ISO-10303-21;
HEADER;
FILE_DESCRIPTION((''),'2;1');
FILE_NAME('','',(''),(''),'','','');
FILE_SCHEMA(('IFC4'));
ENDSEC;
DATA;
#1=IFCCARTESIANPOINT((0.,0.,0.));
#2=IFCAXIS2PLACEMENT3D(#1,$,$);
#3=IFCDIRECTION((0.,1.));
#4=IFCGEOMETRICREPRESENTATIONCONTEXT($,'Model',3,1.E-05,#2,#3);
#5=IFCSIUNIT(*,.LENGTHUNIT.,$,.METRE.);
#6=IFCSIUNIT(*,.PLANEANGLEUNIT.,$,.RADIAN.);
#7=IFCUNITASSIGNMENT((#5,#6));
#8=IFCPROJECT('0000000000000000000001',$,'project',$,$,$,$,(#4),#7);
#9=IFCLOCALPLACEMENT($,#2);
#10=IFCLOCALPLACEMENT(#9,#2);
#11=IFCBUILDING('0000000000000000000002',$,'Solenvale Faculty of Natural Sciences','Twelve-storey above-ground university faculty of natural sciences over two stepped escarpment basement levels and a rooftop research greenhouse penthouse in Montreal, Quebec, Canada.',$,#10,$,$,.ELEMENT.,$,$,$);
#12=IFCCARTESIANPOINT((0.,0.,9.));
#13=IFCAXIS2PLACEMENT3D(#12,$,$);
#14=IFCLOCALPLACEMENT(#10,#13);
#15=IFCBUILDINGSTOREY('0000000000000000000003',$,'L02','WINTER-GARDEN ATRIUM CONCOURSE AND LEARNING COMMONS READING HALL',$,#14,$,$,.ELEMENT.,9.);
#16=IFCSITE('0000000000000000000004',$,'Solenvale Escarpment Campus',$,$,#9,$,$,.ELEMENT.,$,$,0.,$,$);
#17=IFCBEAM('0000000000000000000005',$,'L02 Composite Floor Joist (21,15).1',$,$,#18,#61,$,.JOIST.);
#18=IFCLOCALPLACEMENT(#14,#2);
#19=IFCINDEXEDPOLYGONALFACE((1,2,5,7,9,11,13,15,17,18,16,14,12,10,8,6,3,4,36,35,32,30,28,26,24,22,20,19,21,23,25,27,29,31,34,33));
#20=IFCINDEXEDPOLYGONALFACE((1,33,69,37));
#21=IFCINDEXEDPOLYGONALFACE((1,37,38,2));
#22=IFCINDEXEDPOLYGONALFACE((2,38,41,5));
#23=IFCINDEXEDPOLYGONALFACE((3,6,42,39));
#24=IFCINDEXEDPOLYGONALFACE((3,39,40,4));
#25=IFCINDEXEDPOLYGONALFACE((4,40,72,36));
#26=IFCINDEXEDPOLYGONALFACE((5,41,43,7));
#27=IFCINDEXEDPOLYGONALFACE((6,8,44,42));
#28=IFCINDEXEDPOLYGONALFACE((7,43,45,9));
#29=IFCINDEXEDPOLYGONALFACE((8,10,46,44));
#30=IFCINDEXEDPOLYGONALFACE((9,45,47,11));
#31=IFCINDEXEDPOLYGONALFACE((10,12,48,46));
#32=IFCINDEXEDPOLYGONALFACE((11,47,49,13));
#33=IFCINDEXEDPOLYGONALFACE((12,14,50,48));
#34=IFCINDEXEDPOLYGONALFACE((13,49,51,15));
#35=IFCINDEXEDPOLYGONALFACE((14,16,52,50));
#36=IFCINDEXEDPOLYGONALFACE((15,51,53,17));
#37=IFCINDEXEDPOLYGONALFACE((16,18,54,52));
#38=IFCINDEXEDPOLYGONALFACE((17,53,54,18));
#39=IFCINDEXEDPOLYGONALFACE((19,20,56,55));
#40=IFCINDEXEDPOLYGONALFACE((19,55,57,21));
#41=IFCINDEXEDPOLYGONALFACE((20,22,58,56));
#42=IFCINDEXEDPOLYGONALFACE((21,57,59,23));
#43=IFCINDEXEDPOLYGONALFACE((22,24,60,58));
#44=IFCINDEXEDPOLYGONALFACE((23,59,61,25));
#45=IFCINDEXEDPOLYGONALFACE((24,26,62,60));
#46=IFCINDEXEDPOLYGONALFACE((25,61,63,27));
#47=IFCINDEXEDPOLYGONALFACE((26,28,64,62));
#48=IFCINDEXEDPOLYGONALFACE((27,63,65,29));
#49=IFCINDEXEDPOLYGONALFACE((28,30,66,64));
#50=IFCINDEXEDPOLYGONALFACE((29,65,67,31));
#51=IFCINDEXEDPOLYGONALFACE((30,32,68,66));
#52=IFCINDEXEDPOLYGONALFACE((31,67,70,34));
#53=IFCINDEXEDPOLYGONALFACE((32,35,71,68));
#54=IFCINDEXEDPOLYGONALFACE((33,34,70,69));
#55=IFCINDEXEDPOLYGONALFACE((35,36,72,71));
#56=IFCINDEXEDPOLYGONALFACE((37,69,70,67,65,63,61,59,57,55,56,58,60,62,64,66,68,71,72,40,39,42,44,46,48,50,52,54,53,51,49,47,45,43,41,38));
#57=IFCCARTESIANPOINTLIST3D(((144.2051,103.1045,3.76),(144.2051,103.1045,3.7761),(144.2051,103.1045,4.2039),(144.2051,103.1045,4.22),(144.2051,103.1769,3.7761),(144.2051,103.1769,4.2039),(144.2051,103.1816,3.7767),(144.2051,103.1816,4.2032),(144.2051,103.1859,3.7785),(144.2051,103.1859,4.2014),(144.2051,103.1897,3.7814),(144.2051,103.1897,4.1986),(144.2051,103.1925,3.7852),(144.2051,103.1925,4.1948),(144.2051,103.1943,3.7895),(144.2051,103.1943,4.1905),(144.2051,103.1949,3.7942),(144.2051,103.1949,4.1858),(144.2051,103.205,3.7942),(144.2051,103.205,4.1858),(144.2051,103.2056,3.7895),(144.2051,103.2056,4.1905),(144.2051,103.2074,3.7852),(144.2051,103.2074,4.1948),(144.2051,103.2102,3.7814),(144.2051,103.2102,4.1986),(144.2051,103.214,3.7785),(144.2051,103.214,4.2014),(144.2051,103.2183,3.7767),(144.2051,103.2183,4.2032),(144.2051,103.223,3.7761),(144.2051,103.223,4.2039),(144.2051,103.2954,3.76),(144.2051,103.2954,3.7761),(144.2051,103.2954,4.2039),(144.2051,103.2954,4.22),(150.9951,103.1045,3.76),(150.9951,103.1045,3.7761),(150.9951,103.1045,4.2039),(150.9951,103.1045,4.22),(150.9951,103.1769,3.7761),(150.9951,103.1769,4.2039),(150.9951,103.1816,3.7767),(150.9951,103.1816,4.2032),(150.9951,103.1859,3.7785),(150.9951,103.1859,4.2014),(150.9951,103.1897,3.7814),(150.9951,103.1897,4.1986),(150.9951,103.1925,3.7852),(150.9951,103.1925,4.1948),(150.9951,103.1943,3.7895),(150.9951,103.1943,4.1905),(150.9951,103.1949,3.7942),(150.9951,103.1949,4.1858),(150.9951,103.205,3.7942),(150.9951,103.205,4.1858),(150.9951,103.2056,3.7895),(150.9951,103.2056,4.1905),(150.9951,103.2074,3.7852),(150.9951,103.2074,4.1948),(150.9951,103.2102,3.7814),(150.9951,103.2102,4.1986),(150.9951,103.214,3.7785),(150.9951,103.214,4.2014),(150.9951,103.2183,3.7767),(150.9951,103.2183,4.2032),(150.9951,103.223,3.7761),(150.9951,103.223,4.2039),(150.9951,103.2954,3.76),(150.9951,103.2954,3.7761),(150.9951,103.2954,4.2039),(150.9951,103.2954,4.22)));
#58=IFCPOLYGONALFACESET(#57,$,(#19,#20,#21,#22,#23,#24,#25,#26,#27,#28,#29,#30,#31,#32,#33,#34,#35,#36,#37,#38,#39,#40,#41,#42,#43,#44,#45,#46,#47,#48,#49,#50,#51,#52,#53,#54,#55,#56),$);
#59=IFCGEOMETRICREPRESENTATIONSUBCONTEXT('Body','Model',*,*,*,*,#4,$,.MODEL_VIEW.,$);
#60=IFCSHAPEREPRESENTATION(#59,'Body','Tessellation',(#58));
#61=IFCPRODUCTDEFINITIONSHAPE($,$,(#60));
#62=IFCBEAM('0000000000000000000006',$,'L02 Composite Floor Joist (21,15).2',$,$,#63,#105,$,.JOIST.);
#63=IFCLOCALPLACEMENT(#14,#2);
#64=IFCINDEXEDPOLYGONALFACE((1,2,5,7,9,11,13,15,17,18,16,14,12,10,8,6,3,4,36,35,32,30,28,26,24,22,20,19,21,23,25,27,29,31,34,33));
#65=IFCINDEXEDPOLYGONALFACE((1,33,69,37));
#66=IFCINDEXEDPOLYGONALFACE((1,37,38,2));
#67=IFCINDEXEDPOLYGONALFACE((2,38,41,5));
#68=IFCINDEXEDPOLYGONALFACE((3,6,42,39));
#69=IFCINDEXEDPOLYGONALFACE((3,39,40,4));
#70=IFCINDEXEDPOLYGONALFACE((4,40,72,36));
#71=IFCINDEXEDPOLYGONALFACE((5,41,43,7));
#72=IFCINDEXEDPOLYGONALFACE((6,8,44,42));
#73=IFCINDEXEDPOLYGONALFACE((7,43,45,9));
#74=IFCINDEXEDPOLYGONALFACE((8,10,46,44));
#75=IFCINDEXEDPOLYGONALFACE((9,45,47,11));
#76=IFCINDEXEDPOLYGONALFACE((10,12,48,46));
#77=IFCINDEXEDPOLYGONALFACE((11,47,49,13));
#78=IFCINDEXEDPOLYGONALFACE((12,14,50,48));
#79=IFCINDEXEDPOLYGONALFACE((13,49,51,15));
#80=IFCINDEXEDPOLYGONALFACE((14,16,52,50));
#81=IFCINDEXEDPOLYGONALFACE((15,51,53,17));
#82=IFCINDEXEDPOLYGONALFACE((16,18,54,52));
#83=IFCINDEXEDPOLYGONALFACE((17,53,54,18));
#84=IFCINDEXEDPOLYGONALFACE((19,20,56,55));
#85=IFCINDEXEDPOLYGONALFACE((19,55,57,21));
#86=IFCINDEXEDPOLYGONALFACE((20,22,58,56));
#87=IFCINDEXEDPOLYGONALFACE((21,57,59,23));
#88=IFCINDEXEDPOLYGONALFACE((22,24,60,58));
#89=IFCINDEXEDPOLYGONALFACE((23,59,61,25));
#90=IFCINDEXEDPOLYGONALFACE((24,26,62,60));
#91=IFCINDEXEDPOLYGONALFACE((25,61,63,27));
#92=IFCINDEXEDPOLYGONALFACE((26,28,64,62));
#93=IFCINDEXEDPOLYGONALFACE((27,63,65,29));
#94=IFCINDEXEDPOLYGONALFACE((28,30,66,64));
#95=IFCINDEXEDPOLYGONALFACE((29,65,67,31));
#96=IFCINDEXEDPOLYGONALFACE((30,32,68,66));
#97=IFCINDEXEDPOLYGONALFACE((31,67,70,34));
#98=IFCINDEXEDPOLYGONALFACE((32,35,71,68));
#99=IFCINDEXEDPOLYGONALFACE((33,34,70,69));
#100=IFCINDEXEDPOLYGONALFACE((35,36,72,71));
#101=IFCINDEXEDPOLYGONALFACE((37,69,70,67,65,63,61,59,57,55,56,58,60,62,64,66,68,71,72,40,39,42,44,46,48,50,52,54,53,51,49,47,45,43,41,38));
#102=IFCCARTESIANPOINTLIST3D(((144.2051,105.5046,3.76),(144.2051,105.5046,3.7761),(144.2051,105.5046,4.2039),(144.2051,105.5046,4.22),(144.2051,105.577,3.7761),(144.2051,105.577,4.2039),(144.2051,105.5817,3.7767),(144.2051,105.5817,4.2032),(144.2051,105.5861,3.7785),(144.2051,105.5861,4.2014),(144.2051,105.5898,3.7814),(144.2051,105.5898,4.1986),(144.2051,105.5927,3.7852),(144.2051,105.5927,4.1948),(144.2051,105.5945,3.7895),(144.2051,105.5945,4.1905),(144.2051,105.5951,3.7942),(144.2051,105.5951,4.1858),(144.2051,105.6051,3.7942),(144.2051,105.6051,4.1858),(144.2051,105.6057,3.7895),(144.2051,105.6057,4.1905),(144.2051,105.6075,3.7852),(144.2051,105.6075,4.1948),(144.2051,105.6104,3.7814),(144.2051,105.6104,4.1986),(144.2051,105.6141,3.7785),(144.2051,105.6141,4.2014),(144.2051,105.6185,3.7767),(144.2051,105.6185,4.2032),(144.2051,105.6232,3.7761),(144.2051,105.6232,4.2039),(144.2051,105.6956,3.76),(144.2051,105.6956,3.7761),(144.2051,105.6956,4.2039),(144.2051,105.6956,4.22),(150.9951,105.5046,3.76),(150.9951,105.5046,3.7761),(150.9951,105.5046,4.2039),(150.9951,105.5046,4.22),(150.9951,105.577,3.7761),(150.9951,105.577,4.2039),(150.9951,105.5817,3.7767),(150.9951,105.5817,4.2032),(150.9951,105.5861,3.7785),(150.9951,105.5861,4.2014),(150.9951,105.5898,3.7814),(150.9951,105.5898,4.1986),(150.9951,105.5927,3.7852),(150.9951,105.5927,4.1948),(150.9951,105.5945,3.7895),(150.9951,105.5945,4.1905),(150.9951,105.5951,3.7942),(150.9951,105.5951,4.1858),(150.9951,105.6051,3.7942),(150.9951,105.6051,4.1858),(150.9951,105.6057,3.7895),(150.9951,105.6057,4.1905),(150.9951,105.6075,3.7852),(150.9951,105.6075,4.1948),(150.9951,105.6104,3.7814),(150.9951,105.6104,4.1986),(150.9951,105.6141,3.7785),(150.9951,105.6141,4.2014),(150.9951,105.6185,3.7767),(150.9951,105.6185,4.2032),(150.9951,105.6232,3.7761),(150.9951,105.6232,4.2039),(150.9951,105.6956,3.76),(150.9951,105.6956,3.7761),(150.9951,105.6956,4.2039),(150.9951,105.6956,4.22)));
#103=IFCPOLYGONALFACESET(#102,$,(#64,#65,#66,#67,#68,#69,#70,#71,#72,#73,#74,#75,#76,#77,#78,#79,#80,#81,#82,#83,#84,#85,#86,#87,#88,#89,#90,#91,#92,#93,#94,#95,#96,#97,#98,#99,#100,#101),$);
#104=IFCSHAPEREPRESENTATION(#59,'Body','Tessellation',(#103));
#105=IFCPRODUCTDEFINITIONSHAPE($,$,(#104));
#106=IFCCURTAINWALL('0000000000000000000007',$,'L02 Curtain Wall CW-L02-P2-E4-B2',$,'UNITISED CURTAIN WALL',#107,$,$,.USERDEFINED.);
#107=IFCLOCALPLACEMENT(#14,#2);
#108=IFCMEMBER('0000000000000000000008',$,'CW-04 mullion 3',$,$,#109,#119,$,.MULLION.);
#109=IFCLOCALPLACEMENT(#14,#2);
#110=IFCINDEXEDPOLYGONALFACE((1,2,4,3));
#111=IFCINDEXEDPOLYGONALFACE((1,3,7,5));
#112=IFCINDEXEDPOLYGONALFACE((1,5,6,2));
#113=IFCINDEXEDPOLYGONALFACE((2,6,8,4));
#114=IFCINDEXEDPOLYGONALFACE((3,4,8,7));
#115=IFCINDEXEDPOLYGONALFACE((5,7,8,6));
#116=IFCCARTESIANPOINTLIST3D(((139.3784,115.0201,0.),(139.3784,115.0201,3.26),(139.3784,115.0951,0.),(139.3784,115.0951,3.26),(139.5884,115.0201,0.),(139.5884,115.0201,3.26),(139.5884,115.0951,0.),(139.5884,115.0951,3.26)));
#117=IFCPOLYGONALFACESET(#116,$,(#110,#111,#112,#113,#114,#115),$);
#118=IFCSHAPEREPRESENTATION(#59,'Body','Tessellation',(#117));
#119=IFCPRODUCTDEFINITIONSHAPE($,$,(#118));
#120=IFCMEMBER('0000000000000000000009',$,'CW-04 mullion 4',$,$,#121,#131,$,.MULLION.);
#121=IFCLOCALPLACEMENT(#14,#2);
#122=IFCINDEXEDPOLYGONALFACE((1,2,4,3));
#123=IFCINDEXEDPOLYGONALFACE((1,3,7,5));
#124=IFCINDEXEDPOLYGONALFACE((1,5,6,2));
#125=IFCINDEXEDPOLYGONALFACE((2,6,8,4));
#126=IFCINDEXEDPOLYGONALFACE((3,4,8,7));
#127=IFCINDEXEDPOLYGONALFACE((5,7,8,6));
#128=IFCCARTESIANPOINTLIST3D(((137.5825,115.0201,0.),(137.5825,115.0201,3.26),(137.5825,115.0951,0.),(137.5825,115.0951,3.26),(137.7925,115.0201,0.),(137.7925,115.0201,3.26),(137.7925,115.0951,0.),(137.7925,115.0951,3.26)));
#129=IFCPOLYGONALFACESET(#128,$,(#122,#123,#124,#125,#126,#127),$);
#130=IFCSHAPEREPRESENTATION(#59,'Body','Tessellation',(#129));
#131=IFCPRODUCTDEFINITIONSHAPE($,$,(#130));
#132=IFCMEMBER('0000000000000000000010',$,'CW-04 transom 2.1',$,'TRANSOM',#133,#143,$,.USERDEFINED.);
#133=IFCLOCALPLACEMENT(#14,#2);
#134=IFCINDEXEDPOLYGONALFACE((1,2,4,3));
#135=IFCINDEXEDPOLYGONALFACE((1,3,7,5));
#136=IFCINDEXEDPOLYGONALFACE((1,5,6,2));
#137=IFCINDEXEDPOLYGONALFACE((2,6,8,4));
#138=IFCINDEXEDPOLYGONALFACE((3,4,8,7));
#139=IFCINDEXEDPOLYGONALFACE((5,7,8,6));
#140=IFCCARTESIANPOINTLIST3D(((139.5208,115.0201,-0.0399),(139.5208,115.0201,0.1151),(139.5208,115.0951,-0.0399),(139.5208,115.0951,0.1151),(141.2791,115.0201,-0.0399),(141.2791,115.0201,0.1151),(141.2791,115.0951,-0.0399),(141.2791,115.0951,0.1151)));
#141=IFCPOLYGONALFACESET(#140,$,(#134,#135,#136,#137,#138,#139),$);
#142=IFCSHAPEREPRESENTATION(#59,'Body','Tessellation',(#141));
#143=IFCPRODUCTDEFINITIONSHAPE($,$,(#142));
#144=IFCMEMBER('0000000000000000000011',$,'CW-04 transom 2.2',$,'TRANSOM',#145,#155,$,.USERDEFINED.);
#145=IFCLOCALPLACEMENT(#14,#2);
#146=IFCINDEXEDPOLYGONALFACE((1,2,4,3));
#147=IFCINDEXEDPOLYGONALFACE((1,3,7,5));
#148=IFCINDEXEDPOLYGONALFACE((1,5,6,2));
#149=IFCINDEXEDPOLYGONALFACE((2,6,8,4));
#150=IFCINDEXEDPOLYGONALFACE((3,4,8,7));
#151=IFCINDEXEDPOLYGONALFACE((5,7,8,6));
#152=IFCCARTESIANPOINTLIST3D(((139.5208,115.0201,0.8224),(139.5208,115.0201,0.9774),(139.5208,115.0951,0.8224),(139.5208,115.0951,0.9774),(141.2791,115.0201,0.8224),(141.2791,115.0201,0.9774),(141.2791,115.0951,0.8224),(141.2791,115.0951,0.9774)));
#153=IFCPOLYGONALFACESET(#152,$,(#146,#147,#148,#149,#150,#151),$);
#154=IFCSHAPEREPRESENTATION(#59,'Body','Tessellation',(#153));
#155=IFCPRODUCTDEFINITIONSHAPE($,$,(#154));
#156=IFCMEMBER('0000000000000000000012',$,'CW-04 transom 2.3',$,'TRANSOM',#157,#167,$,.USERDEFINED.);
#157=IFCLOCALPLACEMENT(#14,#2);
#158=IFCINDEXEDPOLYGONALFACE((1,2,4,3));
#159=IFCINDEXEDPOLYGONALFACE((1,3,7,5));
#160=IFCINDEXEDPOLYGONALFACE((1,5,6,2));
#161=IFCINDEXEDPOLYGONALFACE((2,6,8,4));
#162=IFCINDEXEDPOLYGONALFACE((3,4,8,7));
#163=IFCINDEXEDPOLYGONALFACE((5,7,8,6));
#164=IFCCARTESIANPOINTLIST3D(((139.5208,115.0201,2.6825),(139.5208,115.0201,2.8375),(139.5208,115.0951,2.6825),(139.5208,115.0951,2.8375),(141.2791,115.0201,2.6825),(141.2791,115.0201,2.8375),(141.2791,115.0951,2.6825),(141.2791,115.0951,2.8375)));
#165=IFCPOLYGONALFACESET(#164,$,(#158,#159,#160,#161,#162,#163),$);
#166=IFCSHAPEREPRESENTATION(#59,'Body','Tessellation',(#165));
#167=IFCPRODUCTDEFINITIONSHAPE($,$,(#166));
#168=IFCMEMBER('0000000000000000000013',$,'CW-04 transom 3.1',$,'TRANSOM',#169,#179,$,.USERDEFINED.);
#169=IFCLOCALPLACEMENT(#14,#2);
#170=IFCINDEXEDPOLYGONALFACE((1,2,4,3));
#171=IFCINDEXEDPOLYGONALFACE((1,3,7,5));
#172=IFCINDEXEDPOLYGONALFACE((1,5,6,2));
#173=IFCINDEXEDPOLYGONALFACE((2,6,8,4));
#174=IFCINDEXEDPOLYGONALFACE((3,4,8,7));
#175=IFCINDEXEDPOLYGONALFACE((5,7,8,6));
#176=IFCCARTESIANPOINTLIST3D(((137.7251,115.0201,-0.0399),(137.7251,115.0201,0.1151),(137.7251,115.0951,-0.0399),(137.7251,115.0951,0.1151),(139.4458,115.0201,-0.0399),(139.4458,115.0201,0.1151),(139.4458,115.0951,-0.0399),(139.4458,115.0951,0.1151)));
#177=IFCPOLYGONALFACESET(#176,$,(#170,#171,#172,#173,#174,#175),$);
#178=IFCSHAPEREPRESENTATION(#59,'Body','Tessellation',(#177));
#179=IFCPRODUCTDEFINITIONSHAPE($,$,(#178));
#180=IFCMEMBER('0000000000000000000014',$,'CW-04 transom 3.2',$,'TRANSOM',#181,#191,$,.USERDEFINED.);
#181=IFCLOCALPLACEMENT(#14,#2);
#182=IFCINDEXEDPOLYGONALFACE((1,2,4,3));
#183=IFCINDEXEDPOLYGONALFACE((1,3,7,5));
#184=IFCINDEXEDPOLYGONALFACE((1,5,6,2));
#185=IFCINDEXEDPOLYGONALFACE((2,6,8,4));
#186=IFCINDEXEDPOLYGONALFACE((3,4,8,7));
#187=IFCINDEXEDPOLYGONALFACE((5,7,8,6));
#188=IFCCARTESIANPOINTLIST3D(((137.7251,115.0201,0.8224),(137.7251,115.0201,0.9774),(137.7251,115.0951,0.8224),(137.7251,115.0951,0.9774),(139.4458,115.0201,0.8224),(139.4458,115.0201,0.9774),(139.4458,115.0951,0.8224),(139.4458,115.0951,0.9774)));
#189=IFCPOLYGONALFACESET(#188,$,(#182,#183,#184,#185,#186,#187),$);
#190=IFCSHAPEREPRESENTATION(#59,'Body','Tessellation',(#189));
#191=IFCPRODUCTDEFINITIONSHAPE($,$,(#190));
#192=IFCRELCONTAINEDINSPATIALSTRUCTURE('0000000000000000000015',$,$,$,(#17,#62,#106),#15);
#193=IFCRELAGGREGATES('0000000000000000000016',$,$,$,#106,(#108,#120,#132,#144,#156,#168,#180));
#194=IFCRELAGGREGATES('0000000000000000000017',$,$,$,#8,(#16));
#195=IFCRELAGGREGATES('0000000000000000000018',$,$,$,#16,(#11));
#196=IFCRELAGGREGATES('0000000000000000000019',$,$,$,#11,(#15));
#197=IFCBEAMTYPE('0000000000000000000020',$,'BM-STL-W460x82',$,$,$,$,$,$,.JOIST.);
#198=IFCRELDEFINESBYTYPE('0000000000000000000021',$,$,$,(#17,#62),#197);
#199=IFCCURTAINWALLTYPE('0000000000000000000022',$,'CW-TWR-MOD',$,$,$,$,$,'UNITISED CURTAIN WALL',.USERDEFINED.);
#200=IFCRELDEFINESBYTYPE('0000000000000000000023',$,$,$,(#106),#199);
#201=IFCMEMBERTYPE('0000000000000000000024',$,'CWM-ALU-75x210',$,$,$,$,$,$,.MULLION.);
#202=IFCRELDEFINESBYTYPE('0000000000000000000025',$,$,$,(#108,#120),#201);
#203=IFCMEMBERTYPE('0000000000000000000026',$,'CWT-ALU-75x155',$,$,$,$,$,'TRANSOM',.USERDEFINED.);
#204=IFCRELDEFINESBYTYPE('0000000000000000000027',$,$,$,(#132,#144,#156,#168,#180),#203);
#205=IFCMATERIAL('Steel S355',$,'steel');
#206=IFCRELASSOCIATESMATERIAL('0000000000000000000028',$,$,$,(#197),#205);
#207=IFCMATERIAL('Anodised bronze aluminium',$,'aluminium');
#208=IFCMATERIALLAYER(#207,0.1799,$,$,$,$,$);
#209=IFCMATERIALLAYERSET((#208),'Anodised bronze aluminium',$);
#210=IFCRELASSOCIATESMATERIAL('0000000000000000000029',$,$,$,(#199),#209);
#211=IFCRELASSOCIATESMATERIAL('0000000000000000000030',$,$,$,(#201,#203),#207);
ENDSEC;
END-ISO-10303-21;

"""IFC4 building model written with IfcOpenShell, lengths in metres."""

from ifc_helpers import new_model, si_unit, direction, frame, origin, origin_2d, place, context, subcontext, project, spatial, rectangle, i_section, extrude, material, layer, layer_set, material_profile, profile_set, type_object, element, aggregate, save


model = new_model("IFC4")

# Units and contexts
model_context = context("Model", 3, precision=1e-05, world=origin(), true_north=direction((0.0, 1.0)))
body_context = subcontext(model_context, "Body", "Model", "MODEL_VIEW")
ifc_project = project(units=[si_unit("LENGTHUNIT", "METRE"), si_unit("PLANEANGLEUNIT", "RADIAN")], contexts=[model_context])

# Site, building, storey
site_placement = place(None, origin())
site = spatial("IfcSite", under=ifc_project, at=site_placement, Name="Solenvale Escarpment Campus", CompositionType="ELEMENT", RefElevation=0.0)
building_placement = place(site_placement, origin())
building = spatial("IfcBuilding", under=site, at=building_placement, Name="Solenvale Faculty of Natural Sciences", Description="Twelve-storey above-ground university faculty of natural sciences over two stepped escarpment basement levels and a rooftop research greenhouse penthouse in Montreal, Quebec, Canada.", CompositionType="ELEMENT")
storey_placement = place(building_placement, frame((0.0, 0.0, 9.0)))
storey = spatial("IfcBuildingStorey", under=building, at=storey_placement, Name="L02", Description="WINTER-GARDEN ATRIUM CONCOURSE AND LEARNING COMMONS READING HALL", CompositionType="ELEMENT", Elevation=9.0)

# Beams
ifc_material_1 = material(Name="Steel S355", Category="steel")
ifc_material_profile_1 = material_profile(ifc_material_1, i_section(OverallWidth=0.1909, OverallDepth=0.46, WebThickness=0.01, FlangeThickness=0.0161, FilletRadius=0.0181, at=origin_2d()), Name="W460x82")
ifc_profile_set_1 = profile_set([ifc_material_profile_1], Name="Steel S355")
beam_type_1 = type_object("IfcBeamType", Name="BM-STL-W460x82", PredefinedType="JOIST", material=ifc_profile_set_1)
for number, where, z_axis, x_axis, name in (
    (1, (144.2051, 103.2, 3.99), (1.0, 0.0, 0.0), (0.0, 1.0, 0.0), "L02 Composite Floor Joist (21,15).1"),
    (2, (144.2051, 105.6001, 3.99), (1.0, 0.0, 0.0), (0.0, 1.0, 0.0), "L02 Composite Floor Joist (21,15).2"),
):
    element("IfcBeam", number, at=place(storey_placement, frame(where, z_axis=z_axis, x_axis=x_axis)), inside=storey, type_object=beam_type_1, Name=name, PredefinedType="JOIST", context=body_context, shape_type="SweptSolid", body=[
        extrude(i_section(OverallWidth=0.1909, OverallDepth=0.46, WebThickness=0.01, FlangeThickness=0.0161, FilletRadius=0.0181, at=origin_2d()), origin(), (0.0, 0.0, 1.0), 6.79),
    ])

# Curtain wall, members
ifc_material_2 = material(Name="Anodised bronze aluminium", Category="aluminium")
ifc_layer_1 = layer(ifc_material_2, 0.1799)
ifc_layer_set_1 = layer_set([ifc_layer_1], Name="Anodised bronze aluminium")
curtain_wall_type = type_object("IfcCurtainWallType", Name="CW-TWR-MOD", ElementType="UNITISED CURTAIN WALL", PredefinedType="USERDEFINED", material=ifc_layer_set_1)
curtain_wall_placement = place(storey_placement, origin())
curtain_wall = element("IfcCurtainWall", 3, at=curtain_wall_placement, inside=storey, type_object=curtain_wall_type, Name="L02 Curtain Wall CW-L02-P2-E4-B2", ObjectType="UNITISED CURTAIN WALL", PredefinedType="USERDEFINED")
ifc_material_profile_2 = material_profile(ifc_material_2, rectangle(XDim=0.075, YDim=0.21, at=origin_2d()), Name="ALU-MUL-75x210")
ifc_profile_set_2 = profile_set([ifc_material_profile_2], Name="Anodised bronze aluminium")
member_type_1 = type_object("IfcMemberType", Name="CWM-ALU-75x210", PredefinedType="MULLION", material=ifc_profile_set_2)
member_1_placement = place(storey_placement, frame((139.4834, 115.0576, 0.0), z_axis=(0.0, 0.0, 1.0), x_axis=(0.0, -1.0, 0.0)))
member_1 = element("IfcMember", 4, at=member_1_placement, type_object=member_type_1, Name="CW-04 mullion 3", PredefinedType="MULLION", context=body_context, shape_type="SweptSolid", body=[
    extrude(rectangle(XDim=0.075, YDim=0.21, at=origin_2d()), origin(), (0.0, 0.0, 1.0), 3.26),
])
member_2_placement = place(storey_placement, frame((137.6875, 115.0576, 0.0), z_axis=(0.0, 0.0, 1.0), x_axis=(0.0, -1.0, 0.0)))
member_2 = element("IfcMember", 5, at=member_2_placement, type_object=member_type_1, Name="CW-04 mullion 4", PredefinedType="MULLION", context=body_context, shape_type="SweptSolid", body=[
    extrude(rectangle(XDim=0.075, YDim=0.21, at=origin_2d()), origin(), (0.0, 0.0, 1.0), 3.26),
])
ifc_material_profile_3 = material_profile(ifc_material_2, rectangle(XDim=0.075, YDim=0.155, at=origin_2d()), Name="ALU-TRN-75x155")
ifc_profile_set_3 = profile_set([ifc_material_profile_3], Name="Anodised bronze aluminium")
member_type_2 = type_object("IfcMemberType", Name="CWT-ALU-75x155", ElementType="TRANSOM", PredefinedType="USERDEFINED", material=ifc_profile_set_3)
member_3_placement = place(storey_placement, frame((141.2791, 115.0576, 0.0376), z_axis=(-1.0, 0.0, 0.0), x_axis=(0.0, -1.0, 0.0)))
member_3 = element("IfcMember", 6, at=member_3_placement, type_object=member_type_2, Name="CW-04 transom 2.1", ObjectType="TRANSOM", PredefinedType="USERDEFINED", context=body_context, shape_type="SweptSolid", body=[
    extrude(rectangle(XDim=0.075, YDim=0.155, at=origin_2d()), origin(), (0.0, 0.0, 1.0), 1.7583),
])
member_4_placement = place(storey_placement, frame((141.2791, 115.0576, 0.8999), z_axis=(-1.0, 0.0, 0.0), x_axis=(0.0, -1.0, 0.0)))
member_4 = element("IfcMember", 7, at=member_4_placement, type_object=member_type_2, Name="CW-04 transom 2.2", ObjectType="TRANSOM", PredefinedType="USERDEFINED", context=body_context, shape_type="SweptSolid", body=[
    extrude(rectangle(XDim=0.075, YDim=0.155, at=origin_2d()), origin(), (0.0, 0.0, 1.0), 1.7583),
])
member_5_placement = place(storey_placement, frame((141.2791, 115.0576, 2.76), z_axis=(-1.0, 0.0, 0.0), x_axis=(0.0, -1.0, 0.0)))
member_5 = element("IfcMember", 8, at=member_5_placement, type_object=member_type_2, Name="CW-04 transom 2.3", ObjectType="TRANSOM", PredefinedType="USERDEFINED", context=body_context, shape_type="SweptSolid", body=[
    extrude(rectangle(XDim=0.075, YDim=0.155, at=origin_2d()), origin(), (0.0, 0.0, 1.0), 1.7583),
])
member_6_placement = place(storey_placement, frame((139.4458, 115.0576, 0.0376), z_axis=(-1.0, 0.0, 0.0), x_axis=(0.0, -1.0, 0.0)))
member_6 = element("IfcMember", 9, at=member_6_placement, type_object=member_type_2, Name="CW-04 transom 3.1", ObjectType="TRANSOM", PredefinedType="USERDEFINED", context=body_context, shape_type="SweptSolid", body=[
    extrude(rectangle(XDim=0.075, YDim=0.155, at=origin_2d()), origin(), (0.0, 0.0, 1.0), 1.7207),
])
member_7_placement = place(storey_placement, frame((139.4458, 115.0576, 0.8999), z_axis=(-1.0, 0.0, 0.0), x_axis=(0.0, -1.0, 0.0)))
member_7 = element("IfcMember", 10, at=member_7_placement, type_object=member_type_2, Name="CW-04 transom 3.2", ObjectType="TRANSOM", PredefinedType="USERDEFINED", context=body_context, shape_type="SweptSolid", body=[
    extrude(rectangle(XDim=0.075, YDim=0.155, at=origin_2d()), origin(), (0.0, 0.0, 1.0), 1.7207),
])
aggregate(curtain_wall, [member_1, member_2, member_3, member_4, member_5, member_6, member_7])

save(model, "model.ifc")
